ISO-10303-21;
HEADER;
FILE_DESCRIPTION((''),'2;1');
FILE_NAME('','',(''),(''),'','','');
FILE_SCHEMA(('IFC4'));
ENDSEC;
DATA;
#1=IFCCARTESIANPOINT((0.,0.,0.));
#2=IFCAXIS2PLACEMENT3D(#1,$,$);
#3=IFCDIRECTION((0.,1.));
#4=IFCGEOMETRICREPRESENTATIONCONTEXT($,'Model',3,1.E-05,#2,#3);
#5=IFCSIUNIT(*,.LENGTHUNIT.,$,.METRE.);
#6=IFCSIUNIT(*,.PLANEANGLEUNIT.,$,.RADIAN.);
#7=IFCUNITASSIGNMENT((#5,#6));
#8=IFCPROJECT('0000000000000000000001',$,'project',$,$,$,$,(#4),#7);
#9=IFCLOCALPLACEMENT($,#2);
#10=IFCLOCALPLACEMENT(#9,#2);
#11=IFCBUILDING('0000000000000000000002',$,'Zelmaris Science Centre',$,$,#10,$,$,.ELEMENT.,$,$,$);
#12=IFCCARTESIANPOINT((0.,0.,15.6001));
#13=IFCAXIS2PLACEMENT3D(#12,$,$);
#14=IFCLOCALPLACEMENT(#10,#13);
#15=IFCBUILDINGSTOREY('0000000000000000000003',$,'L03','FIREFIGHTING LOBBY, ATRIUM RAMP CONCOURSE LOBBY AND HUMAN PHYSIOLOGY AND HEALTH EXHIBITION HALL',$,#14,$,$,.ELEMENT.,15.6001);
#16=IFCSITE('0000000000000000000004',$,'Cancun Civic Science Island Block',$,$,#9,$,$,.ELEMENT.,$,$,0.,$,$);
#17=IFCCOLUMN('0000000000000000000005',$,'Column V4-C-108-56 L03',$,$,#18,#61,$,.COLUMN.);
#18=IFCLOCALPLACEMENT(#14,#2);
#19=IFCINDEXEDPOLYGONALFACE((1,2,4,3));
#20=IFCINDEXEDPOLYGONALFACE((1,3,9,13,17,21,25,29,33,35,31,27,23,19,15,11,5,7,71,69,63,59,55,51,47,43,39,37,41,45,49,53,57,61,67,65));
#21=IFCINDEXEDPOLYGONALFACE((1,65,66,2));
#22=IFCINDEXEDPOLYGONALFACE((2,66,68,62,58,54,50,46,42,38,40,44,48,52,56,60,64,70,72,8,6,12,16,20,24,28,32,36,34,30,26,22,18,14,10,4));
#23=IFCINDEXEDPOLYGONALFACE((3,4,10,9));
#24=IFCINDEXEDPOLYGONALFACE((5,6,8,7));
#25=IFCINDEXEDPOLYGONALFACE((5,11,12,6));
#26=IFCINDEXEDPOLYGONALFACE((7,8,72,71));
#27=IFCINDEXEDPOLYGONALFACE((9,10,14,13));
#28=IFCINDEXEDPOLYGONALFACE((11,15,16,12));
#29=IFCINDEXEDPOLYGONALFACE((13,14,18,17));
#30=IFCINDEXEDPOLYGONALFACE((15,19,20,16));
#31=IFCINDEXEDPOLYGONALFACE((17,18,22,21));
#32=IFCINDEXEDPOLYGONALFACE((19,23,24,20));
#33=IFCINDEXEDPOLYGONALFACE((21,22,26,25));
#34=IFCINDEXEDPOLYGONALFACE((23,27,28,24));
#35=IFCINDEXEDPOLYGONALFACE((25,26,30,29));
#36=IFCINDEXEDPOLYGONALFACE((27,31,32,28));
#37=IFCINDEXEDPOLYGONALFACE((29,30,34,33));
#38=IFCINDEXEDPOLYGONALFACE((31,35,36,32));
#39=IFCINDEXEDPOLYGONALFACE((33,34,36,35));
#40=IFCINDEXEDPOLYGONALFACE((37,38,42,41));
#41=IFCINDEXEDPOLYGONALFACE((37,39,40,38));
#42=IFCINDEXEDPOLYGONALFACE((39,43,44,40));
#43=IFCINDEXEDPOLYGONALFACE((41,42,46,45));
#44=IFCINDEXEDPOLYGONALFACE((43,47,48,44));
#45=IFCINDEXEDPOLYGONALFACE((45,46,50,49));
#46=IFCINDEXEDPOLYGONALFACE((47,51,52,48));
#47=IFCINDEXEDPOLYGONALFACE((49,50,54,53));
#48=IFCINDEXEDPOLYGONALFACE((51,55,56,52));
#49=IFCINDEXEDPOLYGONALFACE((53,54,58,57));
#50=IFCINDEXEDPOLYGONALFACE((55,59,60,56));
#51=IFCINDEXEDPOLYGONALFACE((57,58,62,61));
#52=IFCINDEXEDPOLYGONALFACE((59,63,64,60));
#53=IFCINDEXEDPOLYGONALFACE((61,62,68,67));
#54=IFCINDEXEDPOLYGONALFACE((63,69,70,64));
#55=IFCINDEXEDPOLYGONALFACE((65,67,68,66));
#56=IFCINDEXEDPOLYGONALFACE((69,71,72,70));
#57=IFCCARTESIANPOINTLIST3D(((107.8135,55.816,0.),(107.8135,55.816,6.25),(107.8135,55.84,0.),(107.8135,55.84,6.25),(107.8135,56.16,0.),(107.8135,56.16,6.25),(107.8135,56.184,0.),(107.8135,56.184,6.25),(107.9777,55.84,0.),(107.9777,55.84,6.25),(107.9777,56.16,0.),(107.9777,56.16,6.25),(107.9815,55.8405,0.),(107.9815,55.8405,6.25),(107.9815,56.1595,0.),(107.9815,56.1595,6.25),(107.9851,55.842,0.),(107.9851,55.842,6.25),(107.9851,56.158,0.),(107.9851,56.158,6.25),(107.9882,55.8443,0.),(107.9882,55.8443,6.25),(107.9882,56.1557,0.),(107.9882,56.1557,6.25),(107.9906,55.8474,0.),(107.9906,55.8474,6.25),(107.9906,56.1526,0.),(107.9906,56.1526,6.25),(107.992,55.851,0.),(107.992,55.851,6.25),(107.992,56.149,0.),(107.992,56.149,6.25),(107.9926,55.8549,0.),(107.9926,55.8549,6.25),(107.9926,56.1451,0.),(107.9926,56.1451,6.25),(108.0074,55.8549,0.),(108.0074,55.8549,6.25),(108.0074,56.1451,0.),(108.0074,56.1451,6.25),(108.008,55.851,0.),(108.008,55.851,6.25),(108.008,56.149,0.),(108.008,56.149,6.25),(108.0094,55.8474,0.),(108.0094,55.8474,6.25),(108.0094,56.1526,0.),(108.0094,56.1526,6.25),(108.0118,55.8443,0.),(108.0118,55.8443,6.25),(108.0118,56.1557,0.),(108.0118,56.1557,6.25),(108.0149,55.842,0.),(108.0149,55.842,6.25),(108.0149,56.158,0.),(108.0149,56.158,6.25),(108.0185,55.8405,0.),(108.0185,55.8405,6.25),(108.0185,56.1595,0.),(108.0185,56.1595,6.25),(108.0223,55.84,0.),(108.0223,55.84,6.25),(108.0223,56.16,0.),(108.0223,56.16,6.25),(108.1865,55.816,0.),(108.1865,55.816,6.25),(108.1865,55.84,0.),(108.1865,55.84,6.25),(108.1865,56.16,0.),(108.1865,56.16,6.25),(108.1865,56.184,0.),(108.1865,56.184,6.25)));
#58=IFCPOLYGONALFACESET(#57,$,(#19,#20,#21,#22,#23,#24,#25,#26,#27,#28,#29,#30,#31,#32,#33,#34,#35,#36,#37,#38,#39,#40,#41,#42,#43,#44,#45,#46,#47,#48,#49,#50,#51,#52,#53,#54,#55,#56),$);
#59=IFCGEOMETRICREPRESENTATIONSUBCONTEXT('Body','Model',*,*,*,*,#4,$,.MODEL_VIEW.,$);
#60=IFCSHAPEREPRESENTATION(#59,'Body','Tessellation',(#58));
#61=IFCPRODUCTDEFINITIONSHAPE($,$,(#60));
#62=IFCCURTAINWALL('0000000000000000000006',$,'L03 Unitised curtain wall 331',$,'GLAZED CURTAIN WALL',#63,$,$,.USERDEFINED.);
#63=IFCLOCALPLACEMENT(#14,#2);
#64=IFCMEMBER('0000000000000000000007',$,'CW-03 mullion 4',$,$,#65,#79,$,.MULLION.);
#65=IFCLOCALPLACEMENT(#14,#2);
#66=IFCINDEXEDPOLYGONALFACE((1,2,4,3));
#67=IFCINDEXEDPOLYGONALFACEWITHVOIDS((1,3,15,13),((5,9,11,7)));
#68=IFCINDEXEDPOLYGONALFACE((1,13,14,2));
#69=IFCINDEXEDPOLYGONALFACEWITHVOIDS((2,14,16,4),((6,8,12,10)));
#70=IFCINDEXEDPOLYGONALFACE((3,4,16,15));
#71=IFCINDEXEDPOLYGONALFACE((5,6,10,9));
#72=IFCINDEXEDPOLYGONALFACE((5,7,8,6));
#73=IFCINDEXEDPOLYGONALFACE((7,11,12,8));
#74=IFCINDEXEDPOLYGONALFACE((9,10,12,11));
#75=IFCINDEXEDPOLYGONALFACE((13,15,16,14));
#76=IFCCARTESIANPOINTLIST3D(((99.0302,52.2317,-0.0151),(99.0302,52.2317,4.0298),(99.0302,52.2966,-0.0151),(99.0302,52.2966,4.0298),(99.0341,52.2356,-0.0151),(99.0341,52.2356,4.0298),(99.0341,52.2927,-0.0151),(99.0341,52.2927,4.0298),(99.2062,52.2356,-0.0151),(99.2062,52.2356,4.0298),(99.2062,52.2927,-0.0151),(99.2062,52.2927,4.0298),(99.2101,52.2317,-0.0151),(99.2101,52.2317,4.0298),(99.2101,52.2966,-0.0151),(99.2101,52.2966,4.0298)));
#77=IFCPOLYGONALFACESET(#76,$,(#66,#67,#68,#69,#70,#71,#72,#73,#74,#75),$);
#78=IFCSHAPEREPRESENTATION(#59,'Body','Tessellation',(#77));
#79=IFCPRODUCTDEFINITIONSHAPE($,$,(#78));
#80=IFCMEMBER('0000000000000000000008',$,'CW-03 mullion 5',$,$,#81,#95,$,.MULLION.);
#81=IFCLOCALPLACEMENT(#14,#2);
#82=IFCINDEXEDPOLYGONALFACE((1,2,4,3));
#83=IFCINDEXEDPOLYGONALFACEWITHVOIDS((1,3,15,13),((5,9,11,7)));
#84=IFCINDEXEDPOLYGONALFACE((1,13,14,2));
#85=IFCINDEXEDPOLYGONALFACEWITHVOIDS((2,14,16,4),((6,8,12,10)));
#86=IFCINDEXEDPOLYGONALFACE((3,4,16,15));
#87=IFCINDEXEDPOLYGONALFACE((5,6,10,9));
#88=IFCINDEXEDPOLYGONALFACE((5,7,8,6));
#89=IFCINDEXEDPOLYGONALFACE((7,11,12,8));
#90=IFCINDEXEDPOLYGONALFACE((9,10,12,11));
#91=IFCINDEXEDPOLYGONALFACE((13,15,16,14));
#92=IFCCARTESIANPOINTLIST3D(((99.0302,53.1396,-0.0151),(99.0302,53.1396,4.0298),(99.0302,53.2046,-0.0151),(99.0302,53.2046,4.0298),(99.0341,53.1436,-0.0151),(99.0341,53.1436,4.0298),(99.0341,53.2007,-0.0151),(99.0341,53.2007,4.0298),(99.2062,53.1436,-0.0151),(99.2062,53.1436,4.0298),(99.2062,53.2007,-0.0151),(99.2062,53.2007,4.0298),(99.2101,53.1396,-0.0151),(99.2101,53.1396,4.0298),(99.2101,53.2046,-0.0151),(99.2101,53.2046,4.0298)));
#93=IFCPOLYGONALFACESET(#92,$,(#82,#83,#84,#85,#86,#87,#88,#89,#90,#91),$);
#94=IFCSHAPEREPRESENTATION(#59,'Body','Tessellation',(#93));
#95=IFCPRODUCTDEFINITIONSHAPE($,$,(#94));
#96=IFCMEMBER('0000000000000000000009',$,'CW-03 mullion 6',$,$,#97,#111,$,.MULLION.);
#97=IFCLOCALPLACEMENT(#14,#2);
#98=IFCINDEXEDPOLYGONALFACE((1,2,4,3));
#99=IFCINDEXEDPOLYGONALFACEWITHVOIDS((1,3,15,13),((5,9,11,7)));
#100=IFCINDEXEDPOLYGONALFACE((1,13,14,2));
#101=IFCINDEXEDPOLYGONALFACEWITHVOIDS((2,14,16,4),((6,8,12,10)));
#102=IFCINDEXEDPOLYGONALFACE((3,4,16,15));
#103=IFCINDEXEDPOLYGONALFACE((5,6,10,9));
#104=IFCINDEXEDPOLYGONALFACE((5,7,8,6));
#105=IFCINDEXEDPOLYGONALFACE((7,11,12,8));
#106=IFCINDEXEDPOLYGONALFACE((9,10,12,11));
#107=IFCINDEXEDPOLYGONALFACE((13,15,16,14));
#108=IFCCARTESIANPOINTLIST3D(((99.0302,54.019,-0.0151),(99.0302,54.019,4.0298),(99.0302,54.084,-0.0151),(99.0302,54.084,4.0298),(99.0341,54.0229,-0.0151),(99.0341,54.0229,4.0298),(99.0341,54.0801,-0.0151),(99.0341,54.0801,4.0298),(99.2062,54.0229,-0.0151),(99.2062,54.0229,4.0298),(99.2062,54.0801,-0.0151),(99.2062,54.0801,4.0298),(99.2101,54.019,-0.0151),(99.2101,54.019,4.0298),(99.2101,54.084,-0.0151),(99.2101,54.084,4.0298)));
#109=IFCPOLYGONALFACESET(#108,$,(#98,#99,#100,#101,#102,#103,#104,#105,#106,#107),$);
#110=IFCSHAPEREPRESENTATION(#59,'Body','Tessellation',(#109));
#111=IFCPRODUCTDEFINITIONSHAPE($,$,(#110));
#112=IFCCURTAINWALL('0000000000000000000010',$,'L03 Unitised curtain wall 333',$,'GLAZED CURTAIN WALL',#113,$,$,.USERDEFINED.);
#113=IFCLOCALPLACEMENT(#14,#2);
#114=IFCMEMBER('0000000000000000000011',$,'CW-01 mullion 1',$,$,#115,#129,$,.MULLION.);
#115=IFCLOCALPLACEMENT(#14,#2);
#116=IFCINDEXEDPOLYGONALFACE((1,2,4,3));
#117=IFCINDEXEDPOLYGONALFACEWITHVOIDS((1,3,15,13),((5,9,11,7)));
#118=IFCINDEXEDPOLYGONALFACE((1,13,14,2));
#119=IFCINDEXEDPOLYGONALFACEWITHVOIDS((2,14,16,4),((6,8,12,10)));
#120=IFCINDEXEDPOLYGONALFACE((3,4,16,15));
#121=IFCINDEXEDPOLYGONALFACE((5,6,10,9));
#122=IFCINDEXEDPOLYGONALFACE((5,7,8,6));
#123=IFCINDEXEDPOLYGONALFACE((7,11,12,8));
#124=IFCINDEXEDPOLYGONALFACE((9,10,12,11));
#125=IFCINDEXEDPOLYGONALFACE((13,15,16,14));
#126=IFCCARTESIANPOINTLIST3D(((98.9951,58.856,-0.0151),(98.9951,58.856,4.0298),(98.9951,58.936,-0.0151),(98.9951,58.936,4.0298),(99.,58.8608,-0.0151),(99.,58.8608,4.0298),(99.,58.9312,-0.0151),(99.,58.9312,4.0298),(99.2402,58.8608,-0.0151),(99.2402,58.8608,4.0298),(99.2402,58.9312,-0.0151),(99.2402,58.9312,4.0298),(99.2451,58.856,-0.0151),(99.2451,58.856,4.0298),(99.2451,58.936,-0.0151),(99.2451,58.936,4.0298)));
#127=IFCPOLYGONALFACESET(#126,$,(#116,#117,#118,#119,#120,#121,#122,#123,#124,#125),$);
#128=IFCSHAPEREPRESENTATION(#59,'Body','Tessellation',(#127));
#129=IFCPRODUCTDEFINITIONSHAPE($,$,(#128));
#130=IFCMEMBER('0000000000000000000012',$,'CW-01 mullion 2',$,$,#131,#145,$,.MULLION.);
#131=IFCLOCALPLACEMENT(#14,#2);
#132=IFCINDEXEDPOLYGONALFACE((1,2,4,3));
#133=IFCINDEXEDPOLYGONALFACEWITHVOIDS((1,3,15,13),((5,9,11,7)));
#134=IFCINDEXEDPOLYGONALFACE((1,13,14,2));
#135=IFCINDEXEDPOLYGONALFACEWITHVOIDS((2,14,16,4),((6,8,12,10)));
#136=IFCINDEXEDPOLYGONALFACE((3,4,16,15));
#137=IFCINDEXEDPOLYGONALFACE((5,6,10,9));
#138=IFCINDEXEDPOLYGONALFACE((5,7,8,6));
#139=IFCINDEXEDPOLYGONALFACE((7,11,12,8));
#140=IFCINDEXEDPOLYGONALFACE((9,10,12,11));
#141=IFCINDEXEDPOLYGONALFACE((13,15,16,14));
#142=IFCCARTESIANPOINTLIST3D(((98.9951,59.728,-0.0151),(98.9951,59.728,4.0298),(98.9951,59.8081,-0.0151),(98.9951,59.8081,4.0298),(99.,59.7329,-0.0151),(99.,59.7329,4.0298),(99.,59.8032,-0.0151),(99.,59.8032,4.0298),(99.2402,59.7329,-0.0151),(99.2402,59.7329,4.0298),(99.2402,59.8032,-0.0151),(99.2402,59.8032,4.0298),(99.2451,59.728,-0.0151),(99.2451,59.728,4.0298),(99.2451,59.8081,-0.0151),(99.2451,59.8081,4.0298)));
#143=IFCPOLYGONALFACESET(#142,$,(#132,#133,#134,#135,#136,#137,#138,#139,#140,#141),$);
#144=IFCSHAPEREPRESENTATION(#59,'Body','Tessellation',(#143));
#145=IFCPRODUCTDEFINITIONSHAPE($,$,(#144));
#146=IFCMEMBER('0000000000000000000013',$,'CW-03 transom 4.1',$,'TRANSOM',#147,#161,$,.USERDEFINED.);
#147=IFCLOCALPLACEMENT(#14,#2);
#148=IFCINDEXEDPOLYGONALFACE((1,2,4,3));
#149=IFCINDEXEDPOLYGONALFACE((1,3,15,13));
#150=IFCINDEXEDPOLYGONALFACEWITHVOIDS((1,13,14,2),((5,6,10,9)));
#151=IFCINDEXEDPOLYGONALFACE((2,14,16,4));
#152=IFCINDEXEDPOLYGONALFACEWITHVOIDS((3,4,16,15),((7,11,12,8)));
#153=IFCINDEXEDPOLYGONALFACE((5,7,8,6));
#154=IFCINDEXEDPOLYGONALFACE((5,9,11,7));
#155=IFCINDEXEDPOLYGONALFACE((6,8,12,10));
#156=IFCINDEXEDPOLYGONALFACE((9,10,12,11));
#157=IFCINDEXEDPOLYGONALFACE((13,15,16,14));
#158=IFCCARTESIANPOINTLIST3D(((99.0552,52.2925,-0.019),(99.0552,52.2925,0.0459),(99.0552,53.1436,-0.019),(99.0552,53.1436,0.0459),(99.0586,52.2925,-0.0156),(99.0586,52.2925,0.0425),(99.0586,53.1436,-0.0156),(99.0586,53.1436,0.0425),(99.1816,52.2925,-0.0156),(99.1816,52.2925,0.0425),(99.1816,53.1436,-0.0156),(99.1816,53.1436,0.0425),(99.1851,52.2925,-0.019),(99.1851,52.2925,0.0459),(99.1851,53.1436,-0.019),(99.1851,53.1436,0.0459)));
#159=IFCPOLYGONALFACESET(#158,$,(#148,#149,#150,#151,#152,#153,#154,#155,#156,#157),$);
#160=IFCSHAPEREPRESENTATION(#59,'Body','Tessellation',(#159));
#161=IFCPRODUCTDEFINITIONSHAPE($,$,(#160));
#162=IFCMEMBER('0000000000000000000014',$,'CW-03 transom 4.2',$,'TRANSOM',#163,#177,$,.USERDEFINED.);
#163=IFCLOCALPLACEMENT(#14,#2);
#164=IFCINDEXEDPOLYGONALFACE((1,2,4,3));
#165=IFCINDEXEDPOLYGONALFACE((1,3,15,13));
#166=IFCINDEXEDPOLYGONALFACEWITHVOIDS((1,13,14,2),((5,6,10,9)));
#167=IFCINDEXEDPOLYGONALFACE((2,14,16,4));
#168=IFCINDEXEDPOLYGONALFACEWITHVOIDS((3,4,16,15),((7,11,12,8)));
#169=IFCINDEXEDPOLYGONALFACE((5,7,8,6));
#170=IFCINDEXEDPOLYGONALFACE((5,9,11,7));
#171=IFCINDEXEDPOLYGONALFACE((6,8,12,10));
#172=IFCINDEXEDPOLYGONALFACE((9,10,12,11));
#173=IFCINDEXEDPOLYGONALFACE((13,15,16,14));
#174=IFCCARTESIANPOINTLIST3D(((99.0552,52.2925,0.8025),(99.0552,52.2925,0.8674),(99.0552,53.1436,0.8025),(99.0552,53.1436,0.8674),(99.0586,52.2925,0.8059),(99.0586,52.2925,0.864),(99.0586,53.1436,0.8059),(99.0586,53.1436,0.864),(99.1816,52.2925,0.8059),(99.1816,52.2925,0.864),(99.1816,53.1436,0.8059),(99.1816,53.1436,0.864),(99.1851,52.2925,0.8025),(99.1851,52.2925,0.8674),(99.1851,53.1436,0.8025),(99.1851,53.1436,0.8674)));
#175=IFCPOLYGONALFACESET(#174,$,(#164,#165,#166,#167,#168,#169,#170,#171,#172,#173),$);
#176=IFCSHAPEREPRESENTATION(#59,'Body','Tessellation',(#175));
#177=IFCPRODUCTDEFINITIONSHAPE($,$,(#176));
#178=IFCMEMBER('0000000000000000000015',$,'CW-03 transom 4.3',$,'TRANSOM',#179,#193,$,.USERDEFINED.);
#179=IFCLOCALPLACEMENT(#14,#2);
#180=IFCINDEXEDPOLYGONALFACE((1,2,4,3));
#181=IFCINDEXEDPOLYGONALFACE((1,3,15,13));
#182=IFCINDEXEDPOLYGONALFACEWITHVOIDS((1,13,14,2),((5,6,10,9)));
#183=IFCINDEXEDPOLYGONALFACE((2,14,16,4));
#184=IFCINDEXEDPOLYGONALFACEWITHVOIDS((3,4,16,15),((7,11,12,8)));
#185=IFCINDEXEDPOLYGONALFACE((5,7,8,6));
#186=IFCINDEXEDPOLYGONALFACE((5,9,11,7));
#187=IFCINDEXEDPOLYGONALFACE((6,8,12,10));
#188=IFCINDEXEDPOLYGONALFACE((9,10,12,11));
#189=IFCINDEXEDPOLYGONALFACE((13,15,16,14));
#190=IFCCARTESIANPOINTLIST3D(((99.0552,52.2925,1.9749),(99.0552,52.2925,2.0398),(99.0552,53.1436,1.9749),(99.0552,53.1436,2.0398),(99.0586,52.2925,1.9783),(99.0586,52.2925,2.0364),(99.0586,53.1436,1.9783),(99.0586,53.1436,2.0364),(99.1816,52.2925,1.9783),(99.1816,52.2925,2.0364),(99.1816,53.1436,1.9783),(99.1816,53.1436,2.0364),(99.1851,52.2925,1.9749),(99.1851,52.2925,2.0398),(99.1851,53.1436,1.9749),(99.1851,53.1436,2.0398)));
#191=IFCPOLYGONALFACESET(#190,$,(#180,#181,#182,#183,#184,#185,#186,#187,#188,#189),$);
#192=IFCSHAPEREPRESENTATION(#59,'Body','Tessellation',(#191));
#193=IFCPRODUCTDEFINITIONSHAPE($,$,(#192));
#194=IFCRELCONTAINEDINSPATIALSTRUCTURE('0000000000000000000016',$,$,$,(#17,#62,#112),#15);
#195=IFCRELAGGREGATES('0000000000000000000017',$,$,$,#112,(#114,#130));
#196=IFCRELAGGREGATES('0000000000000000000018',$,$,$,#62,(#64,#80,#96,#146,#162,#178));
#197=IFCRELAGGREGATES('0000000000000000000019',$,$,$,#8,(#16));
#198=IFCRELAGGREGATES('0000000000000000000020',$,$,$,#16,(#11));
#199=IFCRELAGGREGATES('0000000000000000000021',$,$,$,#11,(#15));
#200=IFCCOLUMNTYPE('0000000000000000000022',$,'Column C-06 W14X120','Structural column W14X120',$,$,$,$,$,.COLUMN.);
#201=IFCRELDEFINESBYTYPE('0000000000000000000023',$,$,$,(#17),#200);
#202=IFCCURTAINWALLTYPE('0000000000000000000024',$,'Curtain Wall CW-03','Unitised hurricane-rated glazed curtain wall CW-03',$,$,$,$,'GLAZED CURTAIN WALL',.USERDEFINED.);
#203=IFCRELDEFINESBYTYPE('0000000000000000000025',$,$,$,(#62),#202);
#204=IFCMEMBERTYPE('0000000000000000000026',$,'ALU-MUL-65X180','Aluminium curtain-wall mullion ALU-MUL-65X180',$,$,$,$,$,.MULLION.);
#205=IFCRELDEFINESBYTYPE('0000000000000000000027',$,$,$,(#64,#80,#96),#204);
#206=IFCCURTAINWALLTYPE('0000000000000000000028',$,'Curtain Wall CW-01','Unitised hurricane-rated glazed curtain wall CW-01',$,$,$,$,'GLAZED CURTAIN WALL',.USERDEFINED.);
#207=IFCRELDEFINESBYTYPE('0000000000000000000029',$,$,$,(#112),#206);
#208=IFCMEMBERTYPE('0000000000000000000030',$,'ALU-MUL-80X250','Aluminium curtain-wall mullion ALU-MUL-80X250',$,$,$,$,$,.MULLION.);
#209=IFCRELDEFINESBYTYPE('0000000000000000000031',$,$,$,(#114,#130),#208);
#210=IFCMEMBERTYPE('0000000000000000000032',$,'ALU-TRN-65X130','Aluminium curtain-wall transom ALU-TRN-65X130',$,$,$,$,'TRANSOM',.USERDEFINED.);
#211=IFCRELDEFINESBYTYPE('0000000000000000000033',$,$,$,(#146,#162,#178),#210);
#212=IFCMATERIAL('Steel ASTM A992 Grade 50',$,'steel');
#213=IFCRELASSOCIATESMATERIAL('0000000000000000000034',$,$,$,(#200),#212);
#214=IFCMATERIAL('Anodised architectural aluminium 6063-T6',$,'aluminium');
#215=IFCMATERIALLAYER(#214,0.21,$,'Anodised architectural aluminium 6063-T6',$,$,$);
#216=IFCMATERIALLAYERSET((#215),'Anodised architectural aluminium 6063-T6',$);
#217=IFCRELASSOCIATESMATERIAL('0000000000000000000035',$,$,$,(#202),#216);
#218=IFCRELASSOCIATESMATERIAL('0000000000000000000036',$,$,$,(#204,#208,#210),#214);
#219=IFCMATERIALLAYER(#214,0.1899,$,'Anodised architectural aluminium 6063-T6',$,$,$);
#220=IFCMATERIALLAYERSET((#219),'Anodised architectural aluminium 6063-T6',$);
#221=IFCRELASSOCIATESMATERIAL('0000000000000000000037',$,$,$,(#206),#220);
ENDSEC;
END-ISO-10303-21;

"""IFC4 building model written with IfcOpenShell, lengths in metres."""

from ifc_helpers import new_model, si_unit, direction, frame, origin, origin_2d, place, context, subcontext, project, spatial, hollow_rectangle, i_section, extrude, material, layer, layer_set, material_profile, profile_set, type_object, element, aggregate, save


model = new_model("IFC4")

# Units and contexts
model_context = context("Model", 3, precision=1e-05, world=origin(), true_north=direction((0.0, 1.0)))
body_context = subcontext(model_context, "Body", "Model", "MODEL_VIEW")
ifc_project = project(units=[si_unit("LENGTHUNIT", "METRE"), si_unit("PLANEANGLEUNIT", "RADIAN")], contexts=[model_context])

# Site, building, storey
site_placement = place(None, origin())
site = spatial("IfcSite", under=ifc_project, at=site_placement, Name="Cancun Civic Science Island Block", CompositionType="ELEMENT", RefElevation=0.0)
building_placement = place(site_placement, origin())
building = spatial("IfcBuilding", under=site, at=building_placement, Name="Zelmaris Science Centre", CompositionType="ELEMENT")
storey_placement = place(building_placement, frame((0.0, 0.0, 15.6001)))
storey = spatial("IfcBuildingStorey", under=building, at=storey_placement, Name="L03", Description="FIREFIGHTING LOBBY, ATRIUM RAMP CONCOURSE LOBBY AND HUMAN PHYSIOLOGY AND HEALTH EXHIBITION HALL", CompositionType="ELEMENT", Elevation=15.6001)

# Column
ifc_material_1 = material(Name="Steel ASTM A992 Grade 50", Category="steel")
ifc_material_profile_1 = material_profile(ifc_material_1, i_section(OverallWidth=0.373, OverallDepth=0.3679, WebThickness=0.0149, FlangeThickness=0.0239, FilletRadius=0.0149, at=origin_2d()), Name="W14X120")
ifc_profile_set_1 = profile_set([ifc_material_profile_1], Name="Steel ASTM A992 Grade 50")
column_type = type_object("IfcColumnType", Name="Column C-06 W14X120", Description="Structural column W14X120", PredefinedType="COLUMN", material=ifc_profile_set_1)
column_placement = place(storey_placement, frame((108.0, 56.0, 0.0), z_axis=(0.0, 0.0, 1.0), x_axis=(1.0, 0.0, 0.0)))
element("IfcColumn", 1, at=column_placement, inside=storey, type_object=column_type, Name="Column V4-C-108-56 L03", PredefinedType="COLUMN", context=body_context, shape_type="SweptSolid", body=[
    extrude(i_section(OverallWidth=0.373, OverallDepth=0.3679, WebThickness=0.0149, FlangeThickness=0.0239, FilletRadius=0.0149, at=origin_2d()), origin(), (0.0, 0.0, 1.0), 6.25),
])

# Curtain walls, members
ifc_material_2 = material(Name="Anodised architectural aluminium 6063-T6", Category="aluminium")
ifc_layer_1 = layer(ifc_material_2, 0.21, Name="Anodised architectural aluminium 6063-T6")
ifc_layer_set_1 = layer_set([ifc_layer_1], Name="Anodised architectural aluminium 6063-T6")
curtain_wall_type_1 = type_object("IfcCurtainWallType", Name="Curtain Wall CW-03", Description="Unitised hurricane-rated glazed curtain wall CW-03", ElementType="GLAZED CURTAIN WALL", PredefinedType="USERDEFINED", material=ifc_layer_set_1)
curtain_wall_1_placement = place(storey_placement, origin())
curtain_wall_1 = element("IfcCurtainWall", 2, at=curtain_wall_1_placement, inside=storey, type_object=curtain_wall_type_1, Name="L03 Unitised curtain wall 331", ObjectType="GLAZED CURTAIN WALL", PredefinedType="USERDEFINED")
ifc_material_profile_2 = material_profile(ifc_material_2, hollow_rectangle(XDim=0.0649, YDim=0.1799, WallThickness=0.0039, at=origin_2d()), Name="ALU-MUL-65X180")
ifc_profile_set_2 = profile_set([ifc_material_profile_2], Name="Anodised architectural aluminium 6063-T6")
member_type_1 = type_object("IfcMemberType", Name="ALU-MUL-65X180", Description="Aluminium curtain-wall mullion ALU-MUL-65X180", PredefinedType="MULLION", material=ifc_profile_set_2)
member_1_placement = place(storey_placement, frame((99.1201, 52.2642, -0.0151), z_axis=(0.0, 0.0, 1.0), x_axis=(-0.000005, 1.0, 0.0)))
member_1 = element("IfcMember", 3, at=member_1_placement, type_object=member_type_1, Name="CW-03 mullion 4", PredefinedType="MULLION", context=body_context, shape_type="SweptSolid", body=[
    extrude(hollow_rectangle(XDim=0.0649, YDim=0.1799, WallThickness=0.0039, at=origin_2d()), origin(), (0.0, 0.0, 1.0), 4.0449),
])
member_2_placement = place(storey_placement, frame((99.1201, 53.1721, -0.0151), z_axis=(0.0, 0.0, 1.0), x_axis=(-0.000005, 1.0, 0.0)))
member_2 = element("IfcMember", 4, at=member_2_placement, type_object=member_type_1, Name="CW-03 mullion 5", PredefinedType="MULLION", context=body_context, shape_type="SweptSolid", body=[
    extrude(hollow_rectangle(XDim=0.0649, YDim=0.1799, WallThickness=0.0039, at=origin_2d()), origin(), (0.0, 0.0, 1.0), 4.0449),
])
member_3_placement = place(storey_placement, frame((99.1201, 54.0515, -0.0151), z_axis=(0.0, 0.0, 1.0), x_axis=(-0.000005, 1.0, 0.0)))
member_3 = element("IfcMember", 5, at=member_3_placement, type_object=member_type_1, Name="CW-03 mullion 6", PredefinedType="MULLION", context=body_context, shape_type="SweptSolid", body=[
    extrude(hollow_rectangle(XDim=0.0649, YDim=0.1799, WallThickness=0.0039, at=origin_2d()), origin(), (0.0, 0.0, 1.0), 4.0449),
])
ifc_layer_2 = layer(ifc_material_2, 0.1899, Name="Anodised architectural aluminium 6063-T6")
ifc_layer_set_2 = layer_set([ifc_layer_2], Name="Anodised architectural aluminium 6063-T6")
curtain_wall_type_2 = type_object("IfcCurtainWallType", Name="Curtain Wall CW-01", Description="Unitised hurricane-rated glazed curtain wall CW-01", ElementType="GLAZED CURTAIN WALL", PredefinedType="USERDEFINED", material=ifc_layer_set_2)
curtain_wall_2_placement = place(storey_placement, origin())
curtain_wall_2 = element("IfcCurtainWall", 6, at=curtain_wall_2_placement, inside=storey, type_object=curtain_wall_type_2, Name="L03 Unitised curtain wall 333", ObjectType="GLAZED CURTAIN WALL", PredefinedType="USERDEFINED")
ifc_material_profile_3 = material_profile(ifc_material_2, hollow_rectangle(XDim=0.0801, YDim=0.25, WallThickness=0.0049, at=origin_2d()), Name="ALU-MUL-80X250")
ifc_profile_set_3 = profile_set([ifc_material_profile_3], Name="Anodised architectural aluminium 6063-T6")
member_type_2 = type_object("IfcMemberType", Name="ALU-MUL-80X250", Description="Aluminium curtain-wall mullion ALU-MUL-80X250", PredefinedType="MULLION", material=ifc_profile_set_3)
member_4_placement = place(storey_placement, frame((99.1201, 58.896, -0.0151), z_axis=(0.0, 0.0, 1.0), x_axis=(-0.000005, 1.0, 0.0)))
member_4 = element("IfcMember", 7, at=member_4_placement, type_object=member_type_2, Name="CW-01 mullion 1", PredefinedType="MULLION", context=body_context, shape_type="SweptSolid", body=[
    extrude(hollow_rectangle(XDim=0.0801, YDim=0.25, WallThickness=0.0049, at=origin_2d()), origin(), (0.0, 0.0, 1.0), 4.0449),
])
member_5_placement = place(storey_placement, frame((99.1201, 59.7681, -0.0151), z_axis=(0.0, 0.0, 1.0), x_axis=(-0.000005, 1.0, 0.0)))
member_5 = element("IfcMember", 8, at=member_5_placement, type_object=member_type_2, Name="CW-01 mullion 2", PredefinedType="MULLION", context=body_context, shape_type="SweptSolid", body=[
    extrude(hollow_rectangle(XDim=0.0801, YDim=0.25, WallThickness=0.0049, at=origin_2d()), origin(), (0.0, 0.0, 1.0), 4.0449),
])

# Members
ifc_material_profile_4 = material_profile(ifc_material_2, hollow_rectangle(XDim=0.0649, YDim=0.1299, WallThickness=0.0034, at=origin_2d()), Name="ALU-TRN-65X130")
ifc_profile_set_4 = profile_set([ifc_material_profile_4], Name="Anodised architectural aluminium 6063-T6")
member_type_3 = type_object("IfcMemberType", Name="ALU-TRN-65X130", Description="Aluminium curtain-wall transom ALU-TRN-65X130", ElementType="TRANSOM", PredefinedType="USERDEFINED", material=ifc_profile_set_4)
member_6_placement = place(storey_placement, frame((99.1201, 52.2925, 0.0134), z_axis=(0.0, 1.0, 0.0), x_axis=(0.0, 0.0, 1.0)))
member_6 = element("IfcMember", 9, at=member_6_placement, type_object=member_type_3, Name="CW-03 transom 4.1", ObjectType="TRANSOM", PredefinedType="USERDEFINED", context=body_context, shape_type="SweptSolid", body=[
    extrude(hollow_rectangle(XDim=0.0649, YDim=0.1299, WallThickness=0.0034, at=origin_2d()), origin(), (0.0, 0.0, 1.0), 0.8511),
])
member_7_placement = place(storey_placement, frame((99.1201, 52.2925, 0.835), z_axis=(0.0, 1.0, 0.0), x_axis=(0.0, 0.0, 1.0)))
member_7 = element("IfcMember", 10, at=member_7_placement, type_object=member_type_3, Name="CW-03 transom 4.2", ObjectType="TRANSOM", PredefinedType="USERDEFINED", context=body_context, shape_type="SweptSolid", body=[
    extrude(hollow_rectangle(XDim=0.0649, YDim=0.1299, WallThickness=0.0034, at=origin_2d()), origin(), (0.0, 0.0, 1.0), 0.8511),
])
member_8_placement = place(storey_placement, frame((99.1201, 52.2925, 2.0073), z_axis=(0.0, 1.0, 0.0), x_axis=(0.0, 0.0, 1.0)))
member_8 = element("IfcMember", 11, at=member_8_placement, type_object=member_type_3, Name="CW-03 transom 4.3", ObjectType="TRANSOM", PredefinedType="USERDEFINED", context=body_context, shape_type="SweptSolid", body=[
    extrude(hollow_rectangle(XDim=0.0649, YDim=0.1299, WallThickness=0.0034, at=origin_2d()), origin(), (0.0, 0.0, 1.0), 0.8511),
])

aggregate(curtain_wall_2, [member_4, member_5])
aggregate(curtain_wall_1, [member_1, member_2, member_3, member_6, member_7, member_8])

save(model, "model.ifc")
